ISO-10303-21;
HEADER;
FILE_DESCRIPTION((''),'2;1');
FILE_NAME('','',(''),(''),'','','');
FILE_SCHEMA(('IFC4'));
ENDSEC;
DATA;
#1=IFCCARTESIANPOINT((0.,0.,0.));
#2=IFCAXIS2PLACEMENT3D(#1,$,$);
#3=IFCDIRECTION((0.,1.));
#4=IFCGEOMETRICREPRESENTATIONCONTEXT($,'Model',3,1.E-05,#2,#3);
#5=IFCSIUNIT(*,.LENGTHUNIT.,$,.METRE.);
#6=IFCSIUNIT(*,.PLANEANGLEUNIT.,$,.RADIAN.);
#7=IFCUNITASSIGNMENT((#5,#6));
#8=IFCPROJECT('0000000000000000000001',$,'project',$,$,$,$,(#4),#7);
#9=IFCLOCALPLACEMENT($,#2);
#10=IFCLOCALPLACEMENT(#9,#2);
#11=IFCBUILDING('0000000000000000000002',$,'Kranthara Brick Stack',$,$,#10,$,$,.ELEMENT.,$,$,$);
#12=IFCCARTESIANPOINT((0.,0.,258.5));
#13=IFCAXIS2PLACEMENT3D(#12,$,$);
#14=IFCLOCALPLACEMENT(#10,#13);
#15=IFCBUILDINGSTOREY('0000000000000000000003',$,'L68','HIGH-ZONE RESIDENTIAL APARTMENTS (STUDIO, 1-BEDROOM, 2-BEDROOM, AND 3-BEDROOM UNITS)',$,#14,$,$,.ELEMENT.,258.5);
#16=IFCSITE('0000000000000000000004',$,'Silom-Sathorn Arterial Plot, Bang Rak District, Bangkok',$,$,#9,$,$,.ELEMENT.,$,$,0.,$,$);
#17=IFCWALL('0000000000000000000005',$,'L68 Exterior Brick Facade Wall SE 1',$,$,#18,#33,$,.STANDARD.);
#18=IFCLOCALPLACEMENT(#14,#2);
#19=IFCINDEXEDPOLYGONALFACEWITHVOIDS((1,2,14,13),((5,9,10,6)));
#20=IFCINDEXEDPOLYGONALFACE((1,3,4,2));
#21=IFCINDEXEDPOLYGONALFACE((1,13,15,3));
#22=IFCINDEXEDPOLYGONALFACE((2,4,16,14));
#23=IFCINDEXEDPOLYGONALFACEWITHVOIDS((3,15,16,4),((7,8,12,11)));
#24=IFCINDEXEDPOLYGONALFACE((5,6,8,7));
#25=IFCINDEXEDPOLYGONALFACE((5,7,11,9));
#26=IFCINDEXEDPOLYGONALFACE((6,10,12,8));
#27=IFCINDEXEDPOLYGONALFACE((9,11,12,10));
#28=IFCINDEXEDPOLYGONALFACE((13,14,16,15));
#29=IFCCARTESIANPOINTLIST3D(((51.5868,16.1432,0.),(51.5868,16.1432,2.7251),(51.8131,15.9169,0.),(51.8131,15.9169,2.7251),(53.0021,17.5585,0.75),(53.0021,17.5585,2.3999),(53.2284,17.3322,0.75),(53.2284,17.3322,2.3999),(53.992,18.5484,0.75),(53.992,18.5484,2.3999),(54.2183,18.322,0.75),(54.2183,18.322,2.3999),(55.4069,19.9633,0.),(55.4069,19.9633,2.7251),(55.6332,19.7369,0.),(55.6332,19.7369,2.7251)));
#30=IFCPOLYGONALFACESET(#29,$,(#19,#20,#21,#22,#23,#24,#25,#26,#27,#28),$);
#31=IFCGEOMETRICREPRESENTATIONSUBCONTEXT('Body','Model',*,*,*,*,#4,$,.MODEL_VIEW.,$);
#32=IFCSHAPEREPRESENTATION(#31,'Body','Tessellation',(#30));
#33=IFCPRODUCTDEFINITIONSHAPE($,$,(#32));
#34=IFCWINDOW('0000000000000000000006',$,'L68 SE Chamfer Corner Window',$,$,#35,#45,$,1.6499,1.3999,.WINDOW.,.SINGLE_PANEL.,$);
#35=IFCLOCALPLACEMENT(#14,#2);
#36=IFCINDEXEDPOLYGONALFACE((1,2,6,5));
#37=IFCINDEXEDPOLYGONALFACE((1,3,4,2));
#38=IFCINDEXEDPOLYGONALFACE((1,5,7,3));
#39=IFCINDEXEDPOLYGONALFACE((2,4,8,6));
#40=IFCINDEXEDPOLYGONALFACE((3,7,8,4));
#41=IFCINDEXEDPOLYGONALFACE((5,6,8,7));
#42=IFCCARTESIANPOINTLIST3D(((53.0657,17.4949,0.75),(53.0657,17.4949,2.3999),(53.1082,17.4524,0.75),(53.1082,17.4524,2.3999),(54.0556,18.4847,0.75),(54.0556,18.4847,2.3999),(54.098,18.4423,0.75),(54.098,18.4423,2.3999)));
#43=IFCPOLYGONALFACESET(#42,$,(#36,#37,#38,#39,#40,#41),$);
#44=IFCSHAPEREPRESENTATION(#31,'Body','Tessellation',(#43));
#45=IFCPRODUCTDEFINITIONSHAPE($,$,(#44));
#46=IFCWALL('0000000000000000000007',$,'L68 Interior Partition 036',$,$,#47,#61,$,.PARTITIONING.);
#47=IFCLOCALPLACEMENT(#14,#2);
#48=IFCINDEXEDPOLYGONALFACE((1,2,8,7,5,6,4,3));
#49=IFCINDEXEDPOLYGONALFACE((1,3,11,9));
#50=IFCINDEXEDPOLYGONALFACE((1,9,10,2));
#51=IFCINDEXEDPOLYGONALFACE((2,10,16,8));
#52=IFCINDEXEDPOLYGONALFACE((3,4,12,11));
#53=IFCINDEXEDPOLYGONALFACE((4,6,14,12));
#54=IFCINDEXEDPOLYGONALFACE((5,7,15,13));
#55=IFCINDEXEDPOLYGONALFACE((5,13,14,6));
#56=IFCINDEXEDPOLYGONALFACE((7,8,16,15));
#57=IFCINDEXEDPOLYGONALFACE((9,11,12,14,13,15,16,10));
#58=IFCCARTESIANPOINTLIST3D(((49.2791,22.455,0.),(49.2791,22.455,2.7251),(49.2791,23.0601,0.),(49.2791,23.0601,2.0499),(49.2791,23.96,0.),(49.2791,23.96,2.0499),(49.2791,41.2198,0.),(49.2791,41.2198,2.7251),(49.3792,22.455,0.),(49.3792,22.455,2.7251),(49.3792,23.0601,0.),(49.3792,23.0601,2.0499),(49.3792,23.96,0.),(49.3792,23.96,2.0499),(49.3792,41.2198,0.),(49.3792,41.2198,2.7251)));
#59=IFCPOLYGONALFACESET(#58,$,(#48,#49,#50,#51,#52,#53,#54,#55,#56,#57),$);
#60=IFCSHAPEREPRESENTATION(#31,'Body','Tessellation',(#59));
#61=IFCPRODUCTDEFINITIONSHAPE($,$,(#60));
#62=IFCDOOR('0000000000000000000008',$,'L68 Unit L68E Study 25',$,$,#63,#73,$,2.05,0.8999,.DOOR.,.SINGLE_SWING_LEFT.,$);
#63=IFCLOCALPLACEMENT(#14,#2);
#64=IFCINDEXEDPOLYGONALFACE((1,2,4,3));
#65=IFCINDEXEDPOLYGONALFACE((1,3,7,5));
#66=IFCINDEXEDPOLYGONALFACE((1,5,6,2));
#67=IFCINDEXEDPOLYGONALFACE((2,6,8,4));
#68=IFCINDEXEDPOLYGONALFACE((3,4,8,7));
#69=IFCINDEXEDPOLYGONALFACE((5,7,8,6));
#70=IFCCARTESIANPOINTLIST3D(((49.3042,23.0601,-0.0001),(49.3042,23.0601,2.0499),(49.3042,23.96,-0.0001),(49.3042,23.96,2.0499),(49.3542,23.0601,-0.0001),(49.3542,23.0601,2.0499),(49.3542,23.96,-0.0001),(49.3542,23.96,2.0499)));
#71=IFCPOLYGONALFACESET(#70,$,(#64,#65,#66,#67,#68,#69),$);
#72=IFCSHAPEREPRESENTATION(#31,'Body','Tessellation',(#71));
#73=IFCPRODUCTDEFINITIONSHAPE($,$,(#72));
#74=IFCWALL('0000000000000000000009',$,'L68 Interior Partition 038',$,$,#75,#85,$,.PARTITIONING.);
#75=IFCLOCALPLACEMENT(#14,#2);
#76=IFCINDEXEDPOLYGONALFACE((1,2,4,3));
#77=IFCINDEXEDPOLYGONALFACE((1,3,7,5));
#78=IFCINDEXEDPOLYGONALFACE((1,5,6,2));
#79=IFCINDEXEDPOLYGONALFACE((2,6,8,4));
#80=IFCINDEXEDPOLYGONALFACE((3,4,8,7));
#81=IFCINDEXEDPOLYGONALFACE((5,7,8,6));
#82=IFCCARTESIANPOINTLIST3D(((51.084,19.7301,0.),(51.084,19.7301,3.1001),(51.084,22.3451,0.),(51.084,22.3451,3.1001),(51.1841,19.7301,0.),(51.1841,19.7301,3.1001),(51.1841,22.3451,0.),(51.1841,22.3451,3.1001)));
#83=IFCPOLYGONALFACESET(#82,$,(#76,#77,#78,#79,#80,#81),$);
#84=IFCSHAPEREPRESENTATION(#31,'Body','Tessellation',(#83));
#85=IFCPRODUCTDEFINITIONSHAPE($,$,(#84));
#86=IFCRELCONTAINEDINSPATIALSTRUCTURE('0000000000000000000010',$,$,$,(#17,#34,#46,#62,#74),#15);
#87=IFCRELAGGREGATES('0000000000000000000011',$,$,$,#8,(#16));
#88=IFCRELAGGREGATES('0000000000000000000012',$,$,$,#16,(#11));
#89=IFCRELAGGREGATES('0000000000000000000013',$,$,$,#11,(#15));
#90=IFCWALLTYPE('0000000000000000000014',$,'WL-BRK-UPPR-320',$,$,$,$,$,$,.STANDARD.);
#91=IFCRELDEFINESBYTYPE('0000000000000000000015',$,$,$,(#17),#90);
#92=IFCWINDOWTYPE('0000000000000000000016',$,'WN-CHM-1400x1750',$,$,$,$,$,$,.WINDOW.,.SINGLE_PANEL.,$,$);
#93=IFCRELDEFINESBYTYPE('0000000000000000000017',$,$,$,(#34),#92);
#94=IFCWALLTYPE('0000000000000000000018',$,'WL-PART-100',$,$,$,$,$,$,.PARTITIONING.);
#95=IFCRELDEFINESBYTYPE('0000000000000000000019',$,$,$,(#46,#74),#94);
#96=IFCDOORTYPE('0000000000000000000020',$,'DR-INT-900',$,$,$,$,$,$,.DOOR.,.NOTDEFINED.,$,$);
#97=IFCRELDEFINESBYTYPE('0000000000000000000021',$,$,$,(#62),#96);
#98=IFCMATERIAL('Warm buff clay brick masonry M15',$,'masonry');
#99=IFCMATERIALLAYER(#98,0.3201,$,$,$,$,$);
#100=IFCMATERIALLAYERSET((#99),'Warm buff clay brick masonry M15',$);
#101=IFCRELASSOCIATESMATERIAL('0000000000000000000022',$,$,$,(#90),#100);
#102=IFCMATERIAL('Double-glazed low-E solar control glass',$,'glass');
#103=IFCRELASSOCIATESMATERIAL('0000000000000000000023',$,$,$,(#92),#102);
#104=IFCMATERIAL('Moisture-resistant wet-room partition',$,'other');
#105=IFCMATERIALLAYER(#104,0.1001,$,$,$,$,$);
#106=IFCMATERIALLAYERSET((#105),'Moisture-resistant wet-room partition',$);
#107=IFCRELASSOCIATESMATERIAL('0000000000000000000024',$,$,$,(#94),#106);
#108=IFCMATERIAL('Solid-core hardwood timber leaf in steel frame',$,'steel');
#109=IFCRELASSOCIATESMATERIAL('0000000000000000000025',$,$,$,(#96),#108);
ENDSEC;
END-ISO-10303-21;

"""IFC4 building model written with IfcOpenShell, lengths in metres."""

from ifc_helpers import new_model, si_unit, direction, frame, frame_2d, origin, place, context, subcontext, project, spatial, rectangle, extrude, material, layer, layer_set, type_object, element, fill, save


model = new_model("IFC4")

# Units and contexts
model_context = context("Model", 3, precision=1e-05, world=origin(), true_north=direction((0.0, 1.0)))
body_context = subcontext(model_context, "Body", "Model", "MODEL_VIEW")
ifc_project = project(units=[si_unit("LENGTHUNIT", "METRE"), si_unit("PLANEANGLEUNIT", "RADIAN")], contexts=[model_context])

# Site, building, storey
site_placement = place(None, origin())
site = spatial("IfcSite", under=ifc_project, at=site_placement, Name="Silom-Sathorn Arterial Plot, Bang Rak District, Bangkok", CompositionType="ELEMENT", RefElevation=0.0)
building_placement = place(site_placement, origin())
building = spatial("IfcBuilding", under=site, at=building_placement, Name="Kranthara Brick Stack", CompositionType="ELEMENT")
storey_placement = place(building_placement, frame((0.0, 0.0, 258.5)))
storey = spatial("IfcBuildingStorey", under=building, at=storey_placement, Name="L68", Description="HIGH-ZONE RESIDENTIAL APARTMENTS (STUDIO, 1-BEDROOM, 2-BEDROOM, AND 3-BEDROOM UNITS)", CompositionType="ELEMENT", Elevation=258.5)

# Shared definitions
ifc_material_1 = material(Name="Warm buff clay brick masonry M15", Category="masonry")
ifc_layer_1 = layer(ifc_material_1, 0.3201)
ifc_layer_set_1 = layer_set([ifc_layer_1], Name="Warm buff clay brick masonry M15")
wall_type_1 = type_object("IfcWallType", Name="WL-BRK-UPPR-320", PredefinedType="STANDARD", material=ifc_layer_set_1)

# Wall, opening, window
wall_1_placement = place(storey_placement, frame((55.52, 19.8501, 0.0), z_axis=(0.0, 0.0, 1.0), x_axis=(-0.707107, -0.707107, 0.0)))
wall_1 = element("IfcWall", 1, at=wall_1_placement, inside=storey, type_object=wall_type_1, Name="L68 Exterior Brick Facade Wall SE 1", PredefinedType="STANDARD", context=body_context, shape_type="SweptSolid", body=[
    extrude(rectangle(XDim=5.4023, YDim=0.3201, at=frame_2d((2.7012, 0.0))), origin(), (0.0, 0.0, 1.0), 2.7251),
])
opening_1_placement = place(wall_1_placement, frame((2.001, 0.0, 0.75)))
opening_1 = element("IfcOpeningElement", 2, at=opening_1_placement, cuts=wall_1, PredefinedType="OPENING", context=body_context, shape_type="SweptSolid", body=[
    extrude(rectangle(XDim=1.3999, YDim=1.6499, at=frame_2d((0.7, 0.825))), frame((0.0, 0.1699, 0.0), z_axis=(0.0, -1.0, 0.0), x_axis=(1.0, 0.0, 0.0)), (0.0, 0.0, 1.0), 0.3401),
])
ifc_material_2 = material(Name="Double-glazed low-E solar control glass", Category="glass")
window_type_1 = type_object("IfcWindowType", Name="WN-CHM-1400x1750", PartitioningType="SINGLE_PANEL", PredefinedType="WINDOW", material=ifc_material_2)
window_1_placement = place(opening_1_placement, origin())
window_1 = element("IfcWindow", 3, at=window_1_placement, inside=storey, type_object=window_type_1, Name="L68 SE Chamfer Corner Window", OverallHeight=1.6499, OverallWidth=1.3999, PartitioningType="SINGLE_PANEL", PredefinedType="WINDOW", context=body_context, shape_type="SweptSolid", body=[
    extrude(rectangle(XDim=1.3999, YDim=1.6499, at=frame_2d((0.7, 0.825))), frame((0.0, -0.01, 0.0), z_axis=(0.0, -1.0, 0.0), x_axis=(1.0, 0.0, 0.0)), (0.0, 0.0, 1.0), 0.0601),
])
fill(opening_1, window_1)

# Wall, opening, door
ifc_material_3 = material(Name="Moisture-resistant wet-room partition", Category="other")
ifc_layer_2 = layer(ifc_material_3, 0.1001)
ifc_layer_set_2 = layer_set([ifc_layer_2], Name="Moisture-resistant wet-room partition")
wall_type_2 = type_object("IfcWallType", Name="WL-PART-100", PredefinedType="PARTITIONING", material=ifc_layer_set_2)
wall_2_placement = place(storey_placement, frame((49.3291, 22.4551, 0.0), z_axis=(0.0, 0.0, 1.0), x_axis=(0.0, 1.0, 0.0)))
wall_2 = element("IfcWall", 4, at=wall_2_placement, inside=storey, type_object=wall_type_2, Name="L68 Interior Partition 036", PredefinedType="PARTITIONING", context=body_context, shape_type="SweptSolid", body=[
    extrude(rectangle(XDim=18.7649, YDim=0.1001, at=frame_2d((9.3823, 0.0))), origin(), (0.0, 0.0, 1.0), 2.7251),
])
opening_2_placement = place(wall_2_placement, frame((0.605, 0.0, 0.0)))
opening_2 = element("IfcOpeningElement", 5, at=opening_2_placement, cuts=wall_2, PredefinedType="OPENING", context=body_context, shape_type="SweptSolid", body=[
    extrude(rectangle(XDim=0.8999, YDim=2.05, at=frame_2d((0.45, 1.0249))), frame((0.0, 0.0601, 0.0), z_axis=(0.0, -1.0, 0.0), x_axis=(1.0, 0.0, 0.0)), (0.0, 0.0, 1.0), 0.1201),
])
ifc_material_4 = material(Name="Solid-core hardwood timber leaf in steel frame", Category="steel")
door_type_1 = type_object("IfcDoorType", Name="DR-INT-900", OperationType="NOTDEFINED", PredefinedType="DOOR", material=ifc_material_4)
door_1_placement = place(opening_2_placement, origin())
door_1 = element("IfcDoor", 6, at=door_1_placement, inside=storey, type_object=door_type_1, Name="L68 Unit L68E Study 25", OperationType="SINGLE_SWING_LEFT", OverallHeight=2.05, OverallWidth=0.8999, PredefinedType="DOOR", context=body_context, shape_type="SweptSolid", body=[
    extrude(rectangle(XDim=0.8999, YDim=2.05, at=frame_2d((0.45, 1.0249))), frame((0.0, 0.0249, 0.0), z_axis=(0.0, -1.0, 0.0), x_axis=(1.0, 0.0, 0.0)), (0.0, 0.0, 1.0), 0.05),
])
fill(opening_2, door_1)

# Wall
wall_3_placement = place(storey_placement, frame((51.134, 19.73, 0.0), z_axis=(0.0, 0.0, 1.0), x_axis=(0.0, 1.0, 0.0)))
element("IfcWall", 7, at=wall_3_placement, inside=storey, type_object=wall_type_2, Name="L68 Interior Partition 038", PredefinedType="PARTITIONING", context=body_context, shape_type="SweptSolid", body=[
    extrude(rectangle(XDim=2.615, YDim=0.1001, at=frame_2d((1.3076, 0.0))), origin(), (0.0, 0.0, 1.0), 3.1001),
])

save(model, "model.ifc")
